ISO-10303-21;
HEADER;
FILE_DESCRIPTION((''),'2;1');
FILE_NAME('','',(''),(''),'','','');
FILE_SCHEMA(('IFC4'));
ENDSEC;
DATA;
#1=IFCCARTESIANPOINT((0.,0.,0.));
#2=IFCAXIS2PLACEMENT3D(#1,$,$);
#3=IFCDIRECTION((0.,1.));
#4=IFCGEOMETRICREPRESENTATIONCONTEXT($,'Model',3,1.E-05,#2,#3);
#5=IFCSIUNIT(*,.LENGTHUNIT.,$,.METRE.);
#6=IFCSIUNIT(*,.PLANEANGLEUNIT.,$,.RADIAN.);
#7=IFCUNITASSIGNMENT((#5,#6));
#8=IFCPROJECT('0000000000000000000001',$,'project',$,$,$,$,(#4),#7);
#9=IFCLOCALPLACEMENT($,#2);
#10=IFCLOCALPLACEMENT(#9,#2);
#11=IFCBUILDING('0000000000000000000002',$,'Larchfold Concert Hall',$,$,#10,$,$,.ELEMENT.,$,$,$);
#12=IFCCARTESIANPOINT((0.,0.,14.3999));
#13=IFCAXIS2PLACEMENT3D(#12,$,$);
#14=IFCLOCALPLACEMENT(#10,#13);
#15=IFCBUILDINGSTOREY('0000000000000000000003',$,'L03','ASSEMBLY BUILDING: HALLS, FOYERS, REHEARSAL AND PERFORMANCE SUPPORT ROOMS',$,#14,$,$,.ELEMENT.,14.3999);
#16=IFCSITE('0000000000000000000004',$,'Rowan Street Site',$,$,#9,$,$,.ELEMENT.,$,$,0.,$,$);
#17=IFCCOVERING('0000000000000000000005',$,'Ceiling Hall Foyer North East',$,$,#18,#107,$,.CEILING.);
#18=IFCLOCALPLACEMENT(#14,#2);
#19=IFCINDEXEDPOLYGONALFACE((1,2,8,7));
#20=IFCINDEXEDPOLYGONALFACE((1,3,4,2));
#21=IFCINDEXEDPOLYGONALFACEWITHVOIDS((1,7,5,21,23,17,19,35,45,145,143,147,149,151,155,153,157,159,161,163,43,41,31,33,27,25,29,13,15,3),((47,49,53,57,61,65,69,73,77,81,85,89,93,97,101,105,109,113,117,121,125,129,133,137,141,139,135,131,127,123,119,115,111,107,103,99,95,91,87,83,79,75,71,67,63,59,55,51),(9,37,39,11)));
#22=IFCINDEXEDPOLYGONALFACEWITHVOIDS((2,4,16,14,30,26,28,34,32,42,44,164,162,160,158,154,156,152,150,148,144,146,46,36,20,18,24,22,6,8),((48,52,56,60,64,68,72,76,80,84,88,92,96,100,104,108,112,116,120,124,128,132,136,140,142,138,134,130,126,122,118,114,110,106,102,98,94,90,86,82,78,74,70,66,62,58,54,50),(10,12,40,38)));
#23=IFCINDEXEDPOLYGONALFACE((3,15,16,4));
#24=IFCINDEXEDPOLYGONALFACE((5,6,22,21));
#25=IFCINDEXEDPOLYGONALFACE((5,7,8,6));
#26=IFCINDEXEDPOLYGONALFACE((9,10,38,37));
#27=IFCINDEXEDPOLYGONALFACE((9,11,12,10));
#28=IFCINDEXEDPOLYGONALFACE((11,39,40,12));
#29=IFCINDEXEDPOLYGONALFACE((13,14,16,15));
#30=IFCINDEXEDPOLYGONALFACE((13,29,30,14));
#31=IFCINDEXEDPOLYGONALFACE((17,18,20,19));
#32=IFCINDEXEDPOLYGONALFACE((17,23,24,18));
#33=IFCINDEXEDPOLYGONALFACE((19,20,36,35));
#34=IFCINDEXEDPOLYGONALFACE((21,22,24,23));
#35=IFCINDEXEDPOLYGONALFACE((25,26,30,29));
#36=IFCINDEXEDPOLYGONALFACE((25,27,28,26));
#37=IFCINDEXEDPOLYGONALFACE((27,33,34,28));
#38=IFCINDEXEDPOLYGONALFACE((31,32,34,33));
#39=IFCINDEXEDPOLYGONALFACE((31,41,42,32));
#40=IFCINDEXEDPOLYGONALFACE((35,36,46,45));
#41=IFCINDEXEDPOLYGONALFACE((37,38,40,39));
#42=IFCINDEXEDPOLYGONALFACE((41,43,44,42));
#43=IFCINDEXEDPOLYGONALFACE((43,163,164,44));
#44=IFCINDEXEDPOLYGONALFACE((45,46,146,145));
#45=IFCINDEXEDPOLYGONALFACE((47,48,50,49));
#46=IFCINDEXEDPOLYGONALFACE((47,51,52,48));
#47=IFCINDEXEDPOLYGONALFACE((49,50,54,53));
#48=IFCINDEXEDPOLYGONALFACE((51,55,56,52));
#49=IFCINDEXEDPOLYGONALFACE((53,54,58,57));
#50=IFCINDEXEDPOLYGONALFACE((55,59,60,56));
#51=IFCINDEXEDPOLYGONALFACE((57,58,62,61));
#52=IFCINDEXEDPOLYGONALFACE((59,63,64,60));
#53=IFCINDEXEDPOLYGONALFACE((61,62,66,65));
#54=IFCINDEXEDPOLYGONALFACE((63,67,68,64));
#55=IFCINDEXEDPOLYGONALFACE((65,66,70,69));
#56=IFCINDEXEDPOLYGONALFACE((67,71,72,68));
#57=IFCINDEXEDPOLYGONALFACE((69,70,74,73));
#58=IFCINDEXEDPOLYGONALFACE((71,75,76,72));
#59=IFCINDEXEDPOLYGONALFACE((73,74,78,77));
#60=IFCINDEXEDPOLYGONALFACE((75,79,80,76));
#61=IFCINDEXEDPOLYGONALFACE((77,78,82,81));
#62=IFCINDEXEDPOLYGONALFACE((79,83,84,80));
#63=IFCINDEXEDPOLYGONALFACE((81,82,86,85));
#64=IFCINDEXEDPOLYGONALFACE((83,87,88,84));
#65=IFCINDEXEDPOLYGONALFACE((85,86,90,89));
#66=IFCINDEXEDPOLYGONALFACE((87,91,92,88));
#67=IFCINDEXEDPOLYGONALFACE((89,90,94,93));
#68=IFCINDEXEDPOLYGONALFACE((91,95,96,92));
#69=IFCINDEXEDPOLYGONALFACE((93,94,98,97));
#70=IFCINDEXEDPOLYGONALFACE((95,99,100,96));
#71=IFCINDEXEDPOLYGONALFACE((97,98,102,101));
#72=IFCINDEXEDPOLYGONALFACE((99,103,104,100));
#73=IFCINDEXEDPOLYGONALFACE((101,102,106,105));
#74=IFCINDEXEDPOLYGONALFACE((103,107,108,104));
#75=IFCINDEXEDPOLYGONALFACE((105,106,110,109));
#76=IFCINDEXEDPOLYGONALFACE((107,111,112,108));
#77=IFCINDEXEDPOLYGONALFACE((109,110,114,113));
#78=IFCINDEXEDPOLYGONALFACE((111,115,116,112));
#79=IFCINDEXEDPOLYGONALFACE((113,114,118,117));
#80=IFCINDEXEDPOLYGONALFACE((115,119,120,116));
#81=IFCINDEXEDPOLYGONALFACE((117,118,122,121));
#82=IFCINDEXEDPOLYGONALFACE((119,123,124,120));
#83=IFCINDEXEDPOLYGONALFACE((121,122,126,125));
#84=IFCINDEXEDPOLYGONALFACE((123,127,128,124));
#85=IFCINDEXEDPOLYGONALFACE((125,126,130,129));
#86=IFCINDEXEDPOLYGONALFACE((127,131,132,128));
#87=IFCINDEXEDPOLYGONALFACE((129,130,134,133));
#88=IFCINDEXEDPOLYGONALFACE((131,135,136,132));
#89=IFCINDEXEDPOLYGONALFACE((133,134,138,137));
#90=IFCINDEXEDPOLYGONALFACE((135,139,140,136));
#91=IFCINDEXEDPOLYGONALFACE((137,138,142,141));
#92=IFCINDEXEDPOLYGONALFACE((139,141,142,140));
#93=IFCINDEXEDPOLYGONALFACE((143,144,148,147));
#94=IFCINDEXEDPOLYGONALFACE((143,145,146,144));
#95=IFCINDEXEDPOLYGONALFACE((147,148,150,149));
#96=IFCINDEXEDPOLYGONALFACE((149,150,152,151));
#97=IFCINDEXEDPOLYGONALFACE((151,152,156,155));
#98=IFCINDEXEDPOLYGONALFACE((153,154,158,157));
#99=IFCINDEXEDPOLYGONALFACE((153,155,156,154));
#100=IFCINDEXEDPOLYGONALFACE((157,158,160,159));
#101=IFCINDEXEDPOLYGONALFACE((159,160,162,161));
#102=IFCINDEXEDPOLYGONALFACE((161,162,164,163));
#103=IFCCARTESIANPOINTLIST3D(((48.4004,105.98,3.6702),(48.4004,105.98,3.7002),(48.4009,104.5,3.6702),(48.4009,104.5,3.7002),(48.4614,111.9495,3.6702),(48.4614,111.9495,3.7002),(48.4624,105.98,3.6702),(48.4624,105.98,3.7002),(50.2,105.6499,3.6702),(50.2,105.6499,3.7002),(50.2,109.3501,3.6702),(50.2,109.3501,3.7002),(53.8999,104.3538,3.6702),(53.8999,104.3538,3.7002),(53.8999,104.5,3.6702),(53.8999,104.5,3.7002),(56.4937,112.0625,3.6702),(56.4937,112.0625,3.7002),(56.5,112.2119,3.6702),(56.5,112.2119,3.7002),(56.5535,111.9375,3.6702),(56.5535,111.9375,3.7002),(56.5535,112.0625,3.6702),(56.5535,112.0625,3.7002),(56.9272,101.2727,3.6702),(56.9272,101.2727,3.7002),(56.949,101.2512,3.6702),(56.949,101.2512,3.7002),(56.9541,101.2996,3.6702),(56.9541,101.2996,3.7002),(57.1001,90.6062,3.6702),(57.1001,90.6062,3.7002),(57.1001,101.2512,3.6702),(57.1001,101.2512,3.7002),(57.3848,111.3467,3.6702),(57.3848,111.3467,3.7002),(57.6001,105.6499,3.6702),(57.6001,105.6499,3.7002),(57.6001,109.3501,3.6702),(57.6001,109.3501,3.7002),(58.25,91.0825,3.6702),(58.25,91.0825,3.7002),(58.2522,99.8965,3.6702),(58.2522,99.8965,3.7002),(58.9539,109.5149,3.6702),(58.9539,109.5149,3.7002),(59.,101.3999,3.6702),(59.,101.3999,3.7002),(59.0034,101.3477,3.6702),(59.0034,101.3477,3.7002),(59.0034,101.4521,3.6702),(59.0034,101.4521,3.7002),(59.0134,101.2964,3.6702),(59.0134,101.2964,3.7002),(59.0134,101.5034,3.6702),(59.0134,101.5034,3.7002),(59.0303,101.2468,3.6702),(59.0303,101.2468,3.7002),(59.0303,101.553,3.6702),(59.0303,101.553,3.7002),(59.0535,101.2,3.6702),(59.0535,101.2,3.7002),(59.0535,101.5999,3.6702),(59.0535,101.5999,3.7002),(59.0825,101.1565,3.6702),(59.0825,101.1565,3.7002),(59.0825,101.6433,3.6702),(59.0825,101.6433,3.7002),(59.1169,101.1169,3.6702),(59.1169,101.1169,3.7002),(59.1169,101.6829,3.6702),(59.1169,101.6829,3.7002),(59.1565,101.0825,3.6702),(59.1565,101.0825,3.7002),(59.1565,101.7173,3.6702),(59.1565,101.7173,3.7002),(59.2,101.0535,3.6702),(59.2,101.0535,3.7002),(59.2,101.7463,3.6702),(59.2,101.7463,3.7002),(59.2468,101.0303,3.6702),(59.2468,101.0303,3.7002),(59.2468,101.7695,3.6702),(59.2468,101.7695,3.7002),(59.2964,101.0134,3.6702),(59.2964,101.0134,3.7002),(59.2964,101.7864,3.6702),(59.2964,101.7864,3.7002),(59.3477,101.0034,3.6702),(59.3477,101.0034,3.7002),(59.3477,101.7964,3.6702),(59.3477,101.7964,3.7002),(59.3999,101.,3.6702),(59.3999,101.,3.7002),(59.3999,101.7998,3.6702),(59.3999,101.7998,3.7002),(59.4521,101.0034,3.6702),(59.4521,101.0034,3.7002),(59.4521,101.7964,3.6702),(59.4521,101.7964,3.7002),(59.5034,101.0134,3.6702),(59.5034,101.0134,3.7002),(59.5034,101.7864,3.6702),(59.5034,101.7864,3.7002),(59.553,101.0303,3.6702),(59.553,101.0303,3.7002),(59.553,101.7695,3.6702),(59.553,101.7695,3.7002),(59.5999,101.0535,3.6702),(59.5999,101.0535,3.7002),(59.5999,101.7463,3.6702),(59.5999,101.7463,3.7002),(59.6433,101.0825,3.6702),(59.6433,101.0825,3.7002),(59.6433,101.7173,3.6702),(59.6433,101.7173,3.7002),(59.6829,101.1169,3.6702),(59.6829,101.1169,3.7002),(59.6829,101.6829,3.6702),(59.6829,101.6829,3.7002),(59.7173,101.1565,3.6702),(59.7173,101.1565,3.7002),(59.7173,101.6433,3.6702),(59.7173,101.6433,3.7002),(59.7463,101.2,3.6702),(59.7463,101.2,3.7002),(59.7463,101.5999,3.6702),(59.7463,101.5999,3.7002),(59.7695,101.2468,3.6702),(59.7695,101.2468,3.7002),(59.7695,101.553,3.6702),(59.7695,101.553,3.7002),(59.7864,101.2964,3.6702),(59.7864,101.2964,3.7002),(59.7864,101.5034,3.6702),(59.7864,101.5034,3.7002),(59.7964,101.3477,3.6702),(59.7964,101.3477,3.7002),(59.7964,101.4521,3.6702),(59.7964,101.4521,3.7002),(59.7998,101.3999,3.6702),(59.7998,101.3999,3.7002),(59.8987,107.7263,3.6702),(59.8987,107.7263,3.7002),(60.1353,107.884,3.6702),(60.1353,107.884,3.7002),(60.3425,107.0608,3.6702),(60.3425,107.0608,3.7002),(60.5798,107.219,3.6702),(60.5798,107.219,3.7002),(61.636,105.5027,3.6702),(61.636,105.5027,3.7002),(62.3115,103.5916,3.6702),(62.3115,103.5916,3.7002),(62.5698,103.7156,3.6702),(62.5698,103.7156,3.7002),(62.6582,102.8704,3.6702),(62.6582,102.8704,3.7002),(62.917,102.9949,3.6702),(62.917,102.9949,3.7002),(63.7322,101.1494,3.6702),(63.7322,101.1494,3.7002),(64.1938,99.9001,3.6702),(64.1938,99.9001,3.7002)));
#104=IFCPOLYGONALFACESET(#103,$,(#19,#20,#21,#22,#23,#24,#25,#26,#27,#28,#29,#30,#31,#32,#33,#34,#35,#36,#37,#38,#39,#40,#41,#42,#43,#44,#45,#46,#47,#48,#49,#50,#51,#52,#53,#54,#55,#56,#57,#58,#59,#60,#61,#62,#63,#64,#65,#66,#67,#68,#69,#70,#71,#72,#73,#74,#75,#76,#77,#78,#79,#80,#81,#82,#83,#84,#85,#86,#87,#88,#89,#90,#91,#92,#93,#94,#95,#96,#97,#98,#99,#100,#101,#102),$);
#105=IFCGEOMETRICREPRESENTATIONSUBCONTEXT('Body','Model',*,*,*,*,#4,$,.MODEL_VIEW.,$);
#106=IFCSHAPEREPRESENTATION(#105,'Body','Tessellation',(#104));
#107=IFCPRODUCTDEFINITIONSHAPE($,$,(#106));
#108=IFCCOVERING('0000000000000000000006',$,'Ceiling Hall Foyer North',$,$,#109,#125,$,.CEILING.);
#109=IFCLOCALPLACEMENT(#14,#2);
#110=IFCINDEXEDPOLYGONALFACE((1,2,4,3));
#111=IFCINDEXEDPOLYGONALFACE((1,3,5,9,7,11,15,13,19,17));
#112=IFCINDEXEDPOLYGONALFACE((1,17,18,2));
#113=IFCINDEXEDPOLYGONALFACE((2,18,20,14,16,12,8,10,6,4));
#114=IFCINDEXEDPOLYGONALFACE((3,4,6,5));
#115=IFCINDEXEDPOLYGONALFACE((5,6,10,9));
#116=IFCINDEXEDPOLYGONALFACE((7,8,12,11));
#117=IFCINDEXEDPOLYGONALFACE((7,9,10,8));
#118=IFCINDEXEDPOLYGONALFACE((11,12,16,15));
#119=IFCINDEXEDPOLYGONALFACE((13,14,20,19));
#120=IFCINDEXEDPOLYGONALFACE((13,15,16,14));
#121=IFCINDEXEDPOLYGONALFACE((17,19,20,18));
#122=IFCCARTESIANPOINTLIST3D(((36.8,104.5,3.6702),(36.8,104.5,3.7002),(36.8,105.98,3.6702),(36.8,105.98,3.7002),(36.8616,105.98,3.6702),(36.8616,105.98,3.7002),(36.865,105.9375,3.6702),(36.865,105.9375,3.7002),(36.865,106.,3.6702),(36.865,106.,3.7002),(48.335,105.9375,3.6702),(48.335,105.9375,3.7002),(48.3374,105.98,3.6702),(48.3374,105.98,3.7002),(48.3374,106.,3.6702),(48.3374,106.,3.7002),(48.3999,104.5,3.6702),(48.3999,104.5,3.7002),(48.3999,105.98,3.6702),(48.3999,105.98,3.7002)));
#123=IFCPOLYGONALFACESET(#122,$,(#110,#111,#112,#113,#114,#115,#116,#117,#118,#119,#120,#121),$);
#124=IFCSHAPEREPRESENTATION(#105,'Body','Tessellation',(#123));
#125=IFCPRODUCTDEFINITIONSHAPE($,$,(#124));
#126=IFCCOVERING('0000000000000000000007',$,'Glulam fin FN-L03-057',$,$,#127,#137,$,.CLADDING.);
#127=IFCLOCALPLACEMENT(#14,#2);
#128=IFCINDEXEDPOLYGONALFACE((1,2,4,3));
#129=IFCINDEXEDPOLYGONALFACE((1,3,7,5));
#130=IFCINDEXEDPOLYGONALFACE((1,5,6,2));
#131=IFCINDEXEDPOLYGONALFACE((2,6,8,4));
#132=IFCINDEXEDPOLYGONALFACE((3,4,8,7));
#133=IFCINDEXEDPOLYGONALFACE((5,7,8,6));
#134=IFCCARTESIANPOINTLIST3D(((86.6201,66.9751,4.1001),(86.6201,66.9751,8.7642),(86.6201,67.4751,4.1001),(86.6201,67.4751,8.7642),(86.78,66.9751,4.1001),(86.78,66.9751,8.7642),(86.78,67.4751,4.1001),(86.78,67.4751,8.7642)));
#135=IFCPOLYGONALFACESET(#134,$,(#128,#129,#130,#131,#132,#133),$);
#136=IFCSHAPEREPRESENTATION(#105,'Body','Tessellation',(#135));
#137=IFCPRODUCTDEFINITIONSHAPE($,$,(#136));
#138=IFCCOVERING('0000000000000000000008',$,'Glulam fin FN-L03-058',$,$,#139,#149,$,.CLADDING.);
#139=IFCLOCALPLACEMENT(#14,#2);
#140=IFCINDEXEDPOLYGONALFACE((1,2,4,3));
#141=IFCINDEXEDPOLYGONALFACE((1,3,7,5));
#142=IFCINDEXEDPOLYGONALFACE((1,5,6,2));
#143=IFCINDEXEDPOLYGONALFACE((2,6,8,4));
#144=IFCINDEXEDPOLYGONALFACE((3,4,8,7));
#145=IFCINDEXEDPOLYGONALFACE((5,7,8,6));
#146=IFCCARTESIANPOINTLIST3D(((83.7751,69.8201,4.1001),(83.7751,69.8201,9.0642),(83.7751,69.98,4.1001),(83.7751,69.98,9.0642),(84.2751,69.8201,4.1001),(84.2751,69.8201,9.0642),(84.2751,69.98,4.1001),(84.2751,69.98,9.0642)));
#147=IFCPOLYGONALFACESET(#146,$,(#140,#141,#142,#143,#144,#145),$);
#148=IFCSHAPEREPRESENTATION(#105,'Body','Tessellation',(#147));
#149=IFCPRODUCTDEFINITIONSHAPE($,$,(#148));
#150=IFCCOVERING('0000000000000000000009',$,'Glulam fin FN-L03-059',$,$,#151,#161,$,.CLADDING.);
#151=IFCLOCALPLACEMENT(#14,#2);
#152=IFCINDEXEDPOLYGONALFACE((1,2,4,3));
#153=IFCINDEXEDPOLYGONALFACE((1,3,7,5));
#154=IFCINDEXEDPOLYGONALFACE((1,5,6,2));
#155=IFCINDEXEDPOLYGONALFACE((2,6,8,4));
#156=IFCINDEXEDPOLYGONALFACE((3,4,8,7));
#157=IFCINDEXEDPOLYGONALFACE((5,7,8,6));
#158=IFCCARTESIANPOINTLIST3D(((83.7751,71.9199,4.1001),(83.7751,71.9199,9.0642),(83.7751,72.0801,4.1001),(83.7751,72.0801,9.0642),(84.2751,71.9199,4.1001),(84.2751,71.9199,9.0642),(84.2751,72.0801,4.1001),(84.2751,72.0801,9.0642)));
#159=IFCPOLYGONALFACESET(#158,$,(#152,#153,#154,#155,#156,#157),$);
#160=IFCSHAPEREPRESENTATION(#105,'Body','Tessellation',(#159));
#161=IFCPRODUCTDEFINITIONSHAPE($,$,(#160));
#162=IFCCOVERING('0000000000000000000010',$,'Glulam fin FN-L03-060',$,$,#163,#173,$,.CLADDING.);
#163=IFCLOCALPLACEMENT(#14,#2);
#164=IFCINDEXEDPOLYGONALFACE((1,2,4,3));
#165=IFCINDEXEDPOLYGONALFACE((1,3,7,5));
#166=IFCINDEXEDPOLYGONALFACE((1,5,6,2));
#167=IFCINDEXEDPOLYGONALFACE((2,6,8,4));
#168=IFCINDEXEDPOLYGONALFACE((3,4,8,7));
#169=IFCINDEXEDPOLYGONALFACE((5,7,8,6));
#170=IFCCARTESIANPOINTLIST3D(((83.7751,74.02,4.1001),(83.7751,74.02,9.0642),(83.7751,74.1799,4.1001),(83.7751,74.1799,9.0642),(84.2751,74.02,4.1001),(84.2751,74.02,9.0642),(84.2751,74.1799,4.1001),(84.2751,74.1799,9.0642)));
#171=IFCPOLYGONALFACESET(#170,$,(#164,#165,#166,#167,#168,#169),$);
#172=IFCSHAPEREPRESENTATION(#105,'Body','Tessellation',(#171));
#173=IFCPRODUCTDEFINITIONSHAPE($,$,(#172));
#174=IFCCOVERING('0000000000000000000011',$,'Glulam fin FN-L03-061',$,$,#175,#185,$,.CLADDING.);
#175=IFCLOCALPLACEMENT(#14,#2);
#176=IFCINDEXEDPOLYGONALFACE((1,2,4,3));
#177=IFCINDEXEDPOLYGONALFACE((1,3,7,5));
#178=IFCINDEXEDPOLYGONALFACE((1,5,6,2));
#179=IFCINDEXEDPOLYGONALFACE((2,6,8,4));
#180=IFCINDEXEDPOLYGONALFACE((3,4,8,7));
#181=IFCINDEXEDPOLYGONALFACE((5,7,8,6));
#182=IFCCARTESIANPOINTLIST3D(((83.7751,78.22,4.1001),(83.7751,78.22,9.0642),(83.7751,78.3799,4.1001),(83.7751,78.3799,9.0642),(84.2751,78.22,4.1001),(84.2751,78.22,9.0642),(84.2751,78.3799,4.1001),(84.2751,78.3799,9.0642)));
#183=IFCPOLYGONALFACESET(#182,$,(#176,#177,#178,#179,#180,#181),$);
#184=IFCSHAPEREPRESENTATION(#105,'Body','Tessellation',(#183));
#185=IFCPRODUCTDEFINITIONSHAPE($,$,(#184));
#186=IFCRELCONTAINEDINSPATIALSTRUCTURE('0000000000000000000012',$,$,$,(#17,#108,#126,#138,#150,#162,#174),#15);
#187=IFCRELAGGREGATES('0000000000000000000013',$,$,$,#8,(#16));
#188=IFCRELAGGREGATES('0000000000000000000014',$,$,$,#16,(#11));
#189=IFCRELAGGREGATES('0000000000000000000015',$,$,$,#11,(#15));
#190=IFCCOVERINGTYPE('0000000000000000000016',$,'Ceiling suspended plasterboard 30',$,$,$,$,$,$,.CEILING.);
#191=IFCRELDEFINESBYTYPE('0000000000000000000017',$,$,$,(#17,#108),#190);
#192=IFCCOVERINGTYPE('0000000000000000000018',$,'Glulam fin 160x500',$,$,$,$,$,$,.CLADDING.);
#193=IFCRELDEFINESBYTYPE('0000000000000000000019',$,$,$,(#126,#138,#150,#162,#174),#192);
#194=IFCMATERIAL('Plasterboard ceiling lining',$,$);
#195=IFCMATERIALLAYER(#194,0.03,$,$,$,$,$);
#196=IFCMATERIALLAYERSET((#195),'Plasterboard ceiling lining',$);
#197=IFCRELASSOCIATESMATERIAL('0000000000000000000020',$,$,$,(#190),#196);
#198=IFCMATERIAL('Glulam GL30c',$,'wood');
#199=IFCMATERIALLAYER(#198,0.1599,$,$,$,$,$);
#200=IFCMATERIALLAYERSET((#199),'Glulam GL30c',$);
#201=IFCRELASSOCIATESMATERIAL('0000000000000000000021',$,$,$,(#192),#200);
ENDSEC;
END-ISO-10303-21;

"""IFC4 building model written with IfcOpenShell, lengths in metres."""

from ifc_helpers import new_model, si_unit, direction, frame, origin, place, context, subcontext, project, spatial, polyline, outline, extrude, material, layer, layer_set, type_object, element, save


model = new_model("IFC4")

# Units and contexts
model_context = context("Model", 3, precision=1e-05, world=origin(), true_north=direction((0.0, 1.0)))
body_context = subcontext(model_context, "Body", "Model", "MODEL_VIEW")
ifc_project = project(units=[si_unit("LENGTHUNIT", "METRE"), si_unit("PLANEANGLEUNIT", "RADIAN")], contexts=[model_context])

# Site, building, storey
site_placement = place(None, origin())
site = spatial("IfcSite", under=ifc_project, at=site_placement, Name="Rowan Street Site", CompositionType="ELEMENT", RefElevation=0.0)
building_placement = place(site_placement, origin())
building = spatial("IfcBuilding", under=site, at=building_placement, Name="Larchfold Concert Hall", CompositionType="ELEMENT")
storey_placement = place(building_placement, frame((0.0, 0.0, 14.3999)))
storey = spatial("IfcBuildingStorey", under=building, at=storey_placement, Name="L03", Description="ASSEMBLY BUILDING: HALLS, FOYERS, REHEARSAL AND PERFORMANCE SUPPORT ROOMS", CompositionType="ELEMENT", Elevation=14.3999)

# Coverings
ifc_material_1 = material(Name="Plasterboard ceiling lining")
ifc_layer_1 = layer(ifc_material_1, 0.03)
ifc_layer_set_1 = layer_set([ifc_layer_1], Name="Plasterboard ceiling lining")
covering_type_1 = type_object("IfcCoveringType", Name="Ceiling suspended plasterboard 30", PredefinedType="CEILING", material=ifc_layer_set_1)
covering_1_placement = place(storey_placement, frame((0.0, 0.0, 3.6702)))
element("IfcCovering", 1, at=covering_1_placement, inside=storey, type_object=covering_type_1, Name="Ceiling Hall Foyer North East", PredefinedType="CEILING", context=body_context, shape_type="SweptSolid", body=[
    extrude(outline(polyline([(48.4004, 105.98), (48.4009, 104.5), (53.8999, 104.5), (53.8999, 104.3538), (56.9541, 101.2996), (56.9272, 101.2727), (56.949, 101.2512), (57.1001, 101.2512), (57.1001, 90.6062), (58.25, 91.0825), (58.2522, 99.8965), (64.1938, 99.9001), (63.7322, 101.1494), (62.917, 102.9949), (62.6582, 102.8704), (62.3115, 103.5916), (62.5698, 103.7156), (61.636, 105.5027), (60.5798, 107.219), (60.3425, 107.0608), (59.8987, 107.7263), (60.1353, 107.884), (58.9539, 109.5149), (57.3848, 111.3467), (56.5, 112.2119), (56.4937, 112.0625), (56.5535, 112.0625), (56.5535, 111.9375), (48.4614, 111.9495), (48.4624, 105.98), (48.4004, 105.98)]), holes=[polyline([(59.2, 101.0535), (59.1565, 101.0825), (59.1169, 101.1169), (59.0825, 101.1565), (59.0535, 101.2), (59.0303, 101.2468), (59.0134, 101.2964), (59.0034, 101.3477), (59.0, 101.3999), (59.0034, 101.4521), (59.0134, 101.5034), (59.0303, 101.553), (59.0535, 101.5999), (59.0825, 101.6433), (59.1169, 101.6829), (59.1565, 101.7173), (59.2, 101.7463), (59.2468, 101.7695), (59.2964, 101.7864), (59.3477, 101.7964), (59.3999, 101.7998), (59.4521, 101.7964), (59.5034, 101.7864), (59.553, 101.7695), (59.5999, 101.7463), (59.6433, 101.7173), (59.6829, 101.6829), (59.7173, 101.6433), (59.7463, 101.5999), (59.7695, 101.553), (59.7864, 101.5034), (59.7964, 101.4521), (59.7998, 101.3999), (59.7964, 101.3477), (59.7864, 101.2964), (59.7695, 101.2468), (59.7463, 101.2), (59.7173, 101.1565), (59.6829, 101.1169), (59.6433, 101.0825), (59.5999, 101.0535), (59.553, 101.0303), (59.5034, 101.0134), (59.4521, 101.0034), (59.3999, 101.0), (59.3477, 101.0034), (59.2964, 101.0134), (59.2468, 101.0303), (59.2, 101.0535)]), polyline([(50.2, 105.6499), (50.2, 109.3501), (57.6001, 109.3501), (57.6001, 105.6499), (50.2, 105.6499)])]), origin(), (0.0, 0.0, 1.0), 0.03),
])
covering_2_placement = place(storey_placement, frame((0.0, 0.0, 3.6702)))
element("IfcCovering", 2, at=covering_2_placement, inside=storey, type_object=covering_type_1, Name="Ceiling Hall Foyer North", PredefinedType="CEILING", context=body_context, shape_type="SweptSolid", body=[
    extrude(outline(polyline([(36.865, 106.0), (36.8616, 105.98), (36.8, 105.98), (36.8, 104.5), (48.3999, 104.5), (48.3999, 105.98), (48.3374, 105.98), (48.3374, 106.0), (48.335, 105.9375), (36.865, 105.9375), (36.865, 106.0)])), origin(), (0.0, 0.0, 1.0), 0.03),
])
ifc_material_2 = material(Name="Glulam GL30c", Category="wood")
ifc_layer_2 = layer(ifc_material_2, 0.1599)
ifc_layer_set_2 = layer_set([ifc_layer_2], Name="Glulam GL30c")
covering_type_2 = type_object("IfcCoveringType", Name="Glulam fin 160x500", PredefinedType="CLADDING", material=ifc_layer_set_2)
covering_3_placement = place(storey_placement, frame((0.0, 0.0, 4.1001)))
element("IfcCovering", 3, at=covering_3_placement, inside=storey, type_object=covering_type_2, Name="Glulam fin FN-L03-057", PredefinedType="CLADDING", context=body_context, shape_type="SweptSolid", body=[
    extrude(outline(polyline([(86.78, 66.9751), (86.78, 67.4751), (86.6201, 67.4751), (86.6201, 66.9751), (86.78, 66.9751)])), origin(), (0.0, 0.0, 1.0), 4.6641),
])
covering_4_placement = place(storey_placement, frame((0.0, 0.0, 4.1001)))
element("IfcCovering", 4, at=covering_4_placement, inside=storey, type_object=covering_type_2, Name="Glulam fin FN-L03-058", PredefinedType="CLADDING", context=body_context, shape_type="SweptSolid", body=[
    extrude(outline(polyline([(84.2751, 69.8201), (84.2751, 69.98), (83.7751, 69.98), (83.7751, 69.8201), (84.2751, 69.8201)])), origin(), (0.0, 0.0, 1.0), 4.9641),
])
covering_5_placement = place(storey_placement, frame((0.0, 0.0, 4.1001)))
element("IfcCovering", 5, at=covering_5_placement, inside=storey, type_object=covering_type_2, Name="Glulam fin FN-L03-059", PredefinedType="CLADDING", context=body_context, shape_type="SweptSolid", body=[
    extrude(outline(polyline([(84.2751, 71.9199), (84.2751, 72.0801), (83.7751, 72.0801), (83.7751, 71.9199), (84.2751, 71.9199)])), origin(), (0.0, 0.0, 1.0), 4.9641),
])
covering_6_placement = place(storey_placement, frame((0.0, 0.0, 4.1001)))
element("IfcCovering", 6, at=covering_6_placement, inside=storey, type_object=covering_type_2, Name="Glulam fin FN-L03-060", PredefinedType="CLADDING", context=body_context, shape_type="SweptSolid", body=[
    extrude(outline(polyline([(84.2751, 74.02), (84.2751, 74.1799), (83.7751, 74.1799), (83.7751, 74.02), (84.2751, 74.02)])), origin(), (0.0, 0.0, 1.0), 4.9641),
])
covering_7_placement = place(storey_placement, frame((0.0, 0.0, 4.1001)))
element("IfcCovering", 7, at=covering_7_placement, inside=storey, type_object=covering_type_2, Name="Glulam fin FN-L03-061", PredefinedType="CLADDING", context=body_context, shape_type="SweptSolid", body=[
    extrude(outline(polyline([(84.2751, 78.22), (84.2751, 78.3799), (83.7751, 78.3799), (83.7751, 78.22), (84.2751, 78.22)])), origin(), (0.0, 0.0, 1.0), 4.9641),
])

save(model, "model.ifc")
